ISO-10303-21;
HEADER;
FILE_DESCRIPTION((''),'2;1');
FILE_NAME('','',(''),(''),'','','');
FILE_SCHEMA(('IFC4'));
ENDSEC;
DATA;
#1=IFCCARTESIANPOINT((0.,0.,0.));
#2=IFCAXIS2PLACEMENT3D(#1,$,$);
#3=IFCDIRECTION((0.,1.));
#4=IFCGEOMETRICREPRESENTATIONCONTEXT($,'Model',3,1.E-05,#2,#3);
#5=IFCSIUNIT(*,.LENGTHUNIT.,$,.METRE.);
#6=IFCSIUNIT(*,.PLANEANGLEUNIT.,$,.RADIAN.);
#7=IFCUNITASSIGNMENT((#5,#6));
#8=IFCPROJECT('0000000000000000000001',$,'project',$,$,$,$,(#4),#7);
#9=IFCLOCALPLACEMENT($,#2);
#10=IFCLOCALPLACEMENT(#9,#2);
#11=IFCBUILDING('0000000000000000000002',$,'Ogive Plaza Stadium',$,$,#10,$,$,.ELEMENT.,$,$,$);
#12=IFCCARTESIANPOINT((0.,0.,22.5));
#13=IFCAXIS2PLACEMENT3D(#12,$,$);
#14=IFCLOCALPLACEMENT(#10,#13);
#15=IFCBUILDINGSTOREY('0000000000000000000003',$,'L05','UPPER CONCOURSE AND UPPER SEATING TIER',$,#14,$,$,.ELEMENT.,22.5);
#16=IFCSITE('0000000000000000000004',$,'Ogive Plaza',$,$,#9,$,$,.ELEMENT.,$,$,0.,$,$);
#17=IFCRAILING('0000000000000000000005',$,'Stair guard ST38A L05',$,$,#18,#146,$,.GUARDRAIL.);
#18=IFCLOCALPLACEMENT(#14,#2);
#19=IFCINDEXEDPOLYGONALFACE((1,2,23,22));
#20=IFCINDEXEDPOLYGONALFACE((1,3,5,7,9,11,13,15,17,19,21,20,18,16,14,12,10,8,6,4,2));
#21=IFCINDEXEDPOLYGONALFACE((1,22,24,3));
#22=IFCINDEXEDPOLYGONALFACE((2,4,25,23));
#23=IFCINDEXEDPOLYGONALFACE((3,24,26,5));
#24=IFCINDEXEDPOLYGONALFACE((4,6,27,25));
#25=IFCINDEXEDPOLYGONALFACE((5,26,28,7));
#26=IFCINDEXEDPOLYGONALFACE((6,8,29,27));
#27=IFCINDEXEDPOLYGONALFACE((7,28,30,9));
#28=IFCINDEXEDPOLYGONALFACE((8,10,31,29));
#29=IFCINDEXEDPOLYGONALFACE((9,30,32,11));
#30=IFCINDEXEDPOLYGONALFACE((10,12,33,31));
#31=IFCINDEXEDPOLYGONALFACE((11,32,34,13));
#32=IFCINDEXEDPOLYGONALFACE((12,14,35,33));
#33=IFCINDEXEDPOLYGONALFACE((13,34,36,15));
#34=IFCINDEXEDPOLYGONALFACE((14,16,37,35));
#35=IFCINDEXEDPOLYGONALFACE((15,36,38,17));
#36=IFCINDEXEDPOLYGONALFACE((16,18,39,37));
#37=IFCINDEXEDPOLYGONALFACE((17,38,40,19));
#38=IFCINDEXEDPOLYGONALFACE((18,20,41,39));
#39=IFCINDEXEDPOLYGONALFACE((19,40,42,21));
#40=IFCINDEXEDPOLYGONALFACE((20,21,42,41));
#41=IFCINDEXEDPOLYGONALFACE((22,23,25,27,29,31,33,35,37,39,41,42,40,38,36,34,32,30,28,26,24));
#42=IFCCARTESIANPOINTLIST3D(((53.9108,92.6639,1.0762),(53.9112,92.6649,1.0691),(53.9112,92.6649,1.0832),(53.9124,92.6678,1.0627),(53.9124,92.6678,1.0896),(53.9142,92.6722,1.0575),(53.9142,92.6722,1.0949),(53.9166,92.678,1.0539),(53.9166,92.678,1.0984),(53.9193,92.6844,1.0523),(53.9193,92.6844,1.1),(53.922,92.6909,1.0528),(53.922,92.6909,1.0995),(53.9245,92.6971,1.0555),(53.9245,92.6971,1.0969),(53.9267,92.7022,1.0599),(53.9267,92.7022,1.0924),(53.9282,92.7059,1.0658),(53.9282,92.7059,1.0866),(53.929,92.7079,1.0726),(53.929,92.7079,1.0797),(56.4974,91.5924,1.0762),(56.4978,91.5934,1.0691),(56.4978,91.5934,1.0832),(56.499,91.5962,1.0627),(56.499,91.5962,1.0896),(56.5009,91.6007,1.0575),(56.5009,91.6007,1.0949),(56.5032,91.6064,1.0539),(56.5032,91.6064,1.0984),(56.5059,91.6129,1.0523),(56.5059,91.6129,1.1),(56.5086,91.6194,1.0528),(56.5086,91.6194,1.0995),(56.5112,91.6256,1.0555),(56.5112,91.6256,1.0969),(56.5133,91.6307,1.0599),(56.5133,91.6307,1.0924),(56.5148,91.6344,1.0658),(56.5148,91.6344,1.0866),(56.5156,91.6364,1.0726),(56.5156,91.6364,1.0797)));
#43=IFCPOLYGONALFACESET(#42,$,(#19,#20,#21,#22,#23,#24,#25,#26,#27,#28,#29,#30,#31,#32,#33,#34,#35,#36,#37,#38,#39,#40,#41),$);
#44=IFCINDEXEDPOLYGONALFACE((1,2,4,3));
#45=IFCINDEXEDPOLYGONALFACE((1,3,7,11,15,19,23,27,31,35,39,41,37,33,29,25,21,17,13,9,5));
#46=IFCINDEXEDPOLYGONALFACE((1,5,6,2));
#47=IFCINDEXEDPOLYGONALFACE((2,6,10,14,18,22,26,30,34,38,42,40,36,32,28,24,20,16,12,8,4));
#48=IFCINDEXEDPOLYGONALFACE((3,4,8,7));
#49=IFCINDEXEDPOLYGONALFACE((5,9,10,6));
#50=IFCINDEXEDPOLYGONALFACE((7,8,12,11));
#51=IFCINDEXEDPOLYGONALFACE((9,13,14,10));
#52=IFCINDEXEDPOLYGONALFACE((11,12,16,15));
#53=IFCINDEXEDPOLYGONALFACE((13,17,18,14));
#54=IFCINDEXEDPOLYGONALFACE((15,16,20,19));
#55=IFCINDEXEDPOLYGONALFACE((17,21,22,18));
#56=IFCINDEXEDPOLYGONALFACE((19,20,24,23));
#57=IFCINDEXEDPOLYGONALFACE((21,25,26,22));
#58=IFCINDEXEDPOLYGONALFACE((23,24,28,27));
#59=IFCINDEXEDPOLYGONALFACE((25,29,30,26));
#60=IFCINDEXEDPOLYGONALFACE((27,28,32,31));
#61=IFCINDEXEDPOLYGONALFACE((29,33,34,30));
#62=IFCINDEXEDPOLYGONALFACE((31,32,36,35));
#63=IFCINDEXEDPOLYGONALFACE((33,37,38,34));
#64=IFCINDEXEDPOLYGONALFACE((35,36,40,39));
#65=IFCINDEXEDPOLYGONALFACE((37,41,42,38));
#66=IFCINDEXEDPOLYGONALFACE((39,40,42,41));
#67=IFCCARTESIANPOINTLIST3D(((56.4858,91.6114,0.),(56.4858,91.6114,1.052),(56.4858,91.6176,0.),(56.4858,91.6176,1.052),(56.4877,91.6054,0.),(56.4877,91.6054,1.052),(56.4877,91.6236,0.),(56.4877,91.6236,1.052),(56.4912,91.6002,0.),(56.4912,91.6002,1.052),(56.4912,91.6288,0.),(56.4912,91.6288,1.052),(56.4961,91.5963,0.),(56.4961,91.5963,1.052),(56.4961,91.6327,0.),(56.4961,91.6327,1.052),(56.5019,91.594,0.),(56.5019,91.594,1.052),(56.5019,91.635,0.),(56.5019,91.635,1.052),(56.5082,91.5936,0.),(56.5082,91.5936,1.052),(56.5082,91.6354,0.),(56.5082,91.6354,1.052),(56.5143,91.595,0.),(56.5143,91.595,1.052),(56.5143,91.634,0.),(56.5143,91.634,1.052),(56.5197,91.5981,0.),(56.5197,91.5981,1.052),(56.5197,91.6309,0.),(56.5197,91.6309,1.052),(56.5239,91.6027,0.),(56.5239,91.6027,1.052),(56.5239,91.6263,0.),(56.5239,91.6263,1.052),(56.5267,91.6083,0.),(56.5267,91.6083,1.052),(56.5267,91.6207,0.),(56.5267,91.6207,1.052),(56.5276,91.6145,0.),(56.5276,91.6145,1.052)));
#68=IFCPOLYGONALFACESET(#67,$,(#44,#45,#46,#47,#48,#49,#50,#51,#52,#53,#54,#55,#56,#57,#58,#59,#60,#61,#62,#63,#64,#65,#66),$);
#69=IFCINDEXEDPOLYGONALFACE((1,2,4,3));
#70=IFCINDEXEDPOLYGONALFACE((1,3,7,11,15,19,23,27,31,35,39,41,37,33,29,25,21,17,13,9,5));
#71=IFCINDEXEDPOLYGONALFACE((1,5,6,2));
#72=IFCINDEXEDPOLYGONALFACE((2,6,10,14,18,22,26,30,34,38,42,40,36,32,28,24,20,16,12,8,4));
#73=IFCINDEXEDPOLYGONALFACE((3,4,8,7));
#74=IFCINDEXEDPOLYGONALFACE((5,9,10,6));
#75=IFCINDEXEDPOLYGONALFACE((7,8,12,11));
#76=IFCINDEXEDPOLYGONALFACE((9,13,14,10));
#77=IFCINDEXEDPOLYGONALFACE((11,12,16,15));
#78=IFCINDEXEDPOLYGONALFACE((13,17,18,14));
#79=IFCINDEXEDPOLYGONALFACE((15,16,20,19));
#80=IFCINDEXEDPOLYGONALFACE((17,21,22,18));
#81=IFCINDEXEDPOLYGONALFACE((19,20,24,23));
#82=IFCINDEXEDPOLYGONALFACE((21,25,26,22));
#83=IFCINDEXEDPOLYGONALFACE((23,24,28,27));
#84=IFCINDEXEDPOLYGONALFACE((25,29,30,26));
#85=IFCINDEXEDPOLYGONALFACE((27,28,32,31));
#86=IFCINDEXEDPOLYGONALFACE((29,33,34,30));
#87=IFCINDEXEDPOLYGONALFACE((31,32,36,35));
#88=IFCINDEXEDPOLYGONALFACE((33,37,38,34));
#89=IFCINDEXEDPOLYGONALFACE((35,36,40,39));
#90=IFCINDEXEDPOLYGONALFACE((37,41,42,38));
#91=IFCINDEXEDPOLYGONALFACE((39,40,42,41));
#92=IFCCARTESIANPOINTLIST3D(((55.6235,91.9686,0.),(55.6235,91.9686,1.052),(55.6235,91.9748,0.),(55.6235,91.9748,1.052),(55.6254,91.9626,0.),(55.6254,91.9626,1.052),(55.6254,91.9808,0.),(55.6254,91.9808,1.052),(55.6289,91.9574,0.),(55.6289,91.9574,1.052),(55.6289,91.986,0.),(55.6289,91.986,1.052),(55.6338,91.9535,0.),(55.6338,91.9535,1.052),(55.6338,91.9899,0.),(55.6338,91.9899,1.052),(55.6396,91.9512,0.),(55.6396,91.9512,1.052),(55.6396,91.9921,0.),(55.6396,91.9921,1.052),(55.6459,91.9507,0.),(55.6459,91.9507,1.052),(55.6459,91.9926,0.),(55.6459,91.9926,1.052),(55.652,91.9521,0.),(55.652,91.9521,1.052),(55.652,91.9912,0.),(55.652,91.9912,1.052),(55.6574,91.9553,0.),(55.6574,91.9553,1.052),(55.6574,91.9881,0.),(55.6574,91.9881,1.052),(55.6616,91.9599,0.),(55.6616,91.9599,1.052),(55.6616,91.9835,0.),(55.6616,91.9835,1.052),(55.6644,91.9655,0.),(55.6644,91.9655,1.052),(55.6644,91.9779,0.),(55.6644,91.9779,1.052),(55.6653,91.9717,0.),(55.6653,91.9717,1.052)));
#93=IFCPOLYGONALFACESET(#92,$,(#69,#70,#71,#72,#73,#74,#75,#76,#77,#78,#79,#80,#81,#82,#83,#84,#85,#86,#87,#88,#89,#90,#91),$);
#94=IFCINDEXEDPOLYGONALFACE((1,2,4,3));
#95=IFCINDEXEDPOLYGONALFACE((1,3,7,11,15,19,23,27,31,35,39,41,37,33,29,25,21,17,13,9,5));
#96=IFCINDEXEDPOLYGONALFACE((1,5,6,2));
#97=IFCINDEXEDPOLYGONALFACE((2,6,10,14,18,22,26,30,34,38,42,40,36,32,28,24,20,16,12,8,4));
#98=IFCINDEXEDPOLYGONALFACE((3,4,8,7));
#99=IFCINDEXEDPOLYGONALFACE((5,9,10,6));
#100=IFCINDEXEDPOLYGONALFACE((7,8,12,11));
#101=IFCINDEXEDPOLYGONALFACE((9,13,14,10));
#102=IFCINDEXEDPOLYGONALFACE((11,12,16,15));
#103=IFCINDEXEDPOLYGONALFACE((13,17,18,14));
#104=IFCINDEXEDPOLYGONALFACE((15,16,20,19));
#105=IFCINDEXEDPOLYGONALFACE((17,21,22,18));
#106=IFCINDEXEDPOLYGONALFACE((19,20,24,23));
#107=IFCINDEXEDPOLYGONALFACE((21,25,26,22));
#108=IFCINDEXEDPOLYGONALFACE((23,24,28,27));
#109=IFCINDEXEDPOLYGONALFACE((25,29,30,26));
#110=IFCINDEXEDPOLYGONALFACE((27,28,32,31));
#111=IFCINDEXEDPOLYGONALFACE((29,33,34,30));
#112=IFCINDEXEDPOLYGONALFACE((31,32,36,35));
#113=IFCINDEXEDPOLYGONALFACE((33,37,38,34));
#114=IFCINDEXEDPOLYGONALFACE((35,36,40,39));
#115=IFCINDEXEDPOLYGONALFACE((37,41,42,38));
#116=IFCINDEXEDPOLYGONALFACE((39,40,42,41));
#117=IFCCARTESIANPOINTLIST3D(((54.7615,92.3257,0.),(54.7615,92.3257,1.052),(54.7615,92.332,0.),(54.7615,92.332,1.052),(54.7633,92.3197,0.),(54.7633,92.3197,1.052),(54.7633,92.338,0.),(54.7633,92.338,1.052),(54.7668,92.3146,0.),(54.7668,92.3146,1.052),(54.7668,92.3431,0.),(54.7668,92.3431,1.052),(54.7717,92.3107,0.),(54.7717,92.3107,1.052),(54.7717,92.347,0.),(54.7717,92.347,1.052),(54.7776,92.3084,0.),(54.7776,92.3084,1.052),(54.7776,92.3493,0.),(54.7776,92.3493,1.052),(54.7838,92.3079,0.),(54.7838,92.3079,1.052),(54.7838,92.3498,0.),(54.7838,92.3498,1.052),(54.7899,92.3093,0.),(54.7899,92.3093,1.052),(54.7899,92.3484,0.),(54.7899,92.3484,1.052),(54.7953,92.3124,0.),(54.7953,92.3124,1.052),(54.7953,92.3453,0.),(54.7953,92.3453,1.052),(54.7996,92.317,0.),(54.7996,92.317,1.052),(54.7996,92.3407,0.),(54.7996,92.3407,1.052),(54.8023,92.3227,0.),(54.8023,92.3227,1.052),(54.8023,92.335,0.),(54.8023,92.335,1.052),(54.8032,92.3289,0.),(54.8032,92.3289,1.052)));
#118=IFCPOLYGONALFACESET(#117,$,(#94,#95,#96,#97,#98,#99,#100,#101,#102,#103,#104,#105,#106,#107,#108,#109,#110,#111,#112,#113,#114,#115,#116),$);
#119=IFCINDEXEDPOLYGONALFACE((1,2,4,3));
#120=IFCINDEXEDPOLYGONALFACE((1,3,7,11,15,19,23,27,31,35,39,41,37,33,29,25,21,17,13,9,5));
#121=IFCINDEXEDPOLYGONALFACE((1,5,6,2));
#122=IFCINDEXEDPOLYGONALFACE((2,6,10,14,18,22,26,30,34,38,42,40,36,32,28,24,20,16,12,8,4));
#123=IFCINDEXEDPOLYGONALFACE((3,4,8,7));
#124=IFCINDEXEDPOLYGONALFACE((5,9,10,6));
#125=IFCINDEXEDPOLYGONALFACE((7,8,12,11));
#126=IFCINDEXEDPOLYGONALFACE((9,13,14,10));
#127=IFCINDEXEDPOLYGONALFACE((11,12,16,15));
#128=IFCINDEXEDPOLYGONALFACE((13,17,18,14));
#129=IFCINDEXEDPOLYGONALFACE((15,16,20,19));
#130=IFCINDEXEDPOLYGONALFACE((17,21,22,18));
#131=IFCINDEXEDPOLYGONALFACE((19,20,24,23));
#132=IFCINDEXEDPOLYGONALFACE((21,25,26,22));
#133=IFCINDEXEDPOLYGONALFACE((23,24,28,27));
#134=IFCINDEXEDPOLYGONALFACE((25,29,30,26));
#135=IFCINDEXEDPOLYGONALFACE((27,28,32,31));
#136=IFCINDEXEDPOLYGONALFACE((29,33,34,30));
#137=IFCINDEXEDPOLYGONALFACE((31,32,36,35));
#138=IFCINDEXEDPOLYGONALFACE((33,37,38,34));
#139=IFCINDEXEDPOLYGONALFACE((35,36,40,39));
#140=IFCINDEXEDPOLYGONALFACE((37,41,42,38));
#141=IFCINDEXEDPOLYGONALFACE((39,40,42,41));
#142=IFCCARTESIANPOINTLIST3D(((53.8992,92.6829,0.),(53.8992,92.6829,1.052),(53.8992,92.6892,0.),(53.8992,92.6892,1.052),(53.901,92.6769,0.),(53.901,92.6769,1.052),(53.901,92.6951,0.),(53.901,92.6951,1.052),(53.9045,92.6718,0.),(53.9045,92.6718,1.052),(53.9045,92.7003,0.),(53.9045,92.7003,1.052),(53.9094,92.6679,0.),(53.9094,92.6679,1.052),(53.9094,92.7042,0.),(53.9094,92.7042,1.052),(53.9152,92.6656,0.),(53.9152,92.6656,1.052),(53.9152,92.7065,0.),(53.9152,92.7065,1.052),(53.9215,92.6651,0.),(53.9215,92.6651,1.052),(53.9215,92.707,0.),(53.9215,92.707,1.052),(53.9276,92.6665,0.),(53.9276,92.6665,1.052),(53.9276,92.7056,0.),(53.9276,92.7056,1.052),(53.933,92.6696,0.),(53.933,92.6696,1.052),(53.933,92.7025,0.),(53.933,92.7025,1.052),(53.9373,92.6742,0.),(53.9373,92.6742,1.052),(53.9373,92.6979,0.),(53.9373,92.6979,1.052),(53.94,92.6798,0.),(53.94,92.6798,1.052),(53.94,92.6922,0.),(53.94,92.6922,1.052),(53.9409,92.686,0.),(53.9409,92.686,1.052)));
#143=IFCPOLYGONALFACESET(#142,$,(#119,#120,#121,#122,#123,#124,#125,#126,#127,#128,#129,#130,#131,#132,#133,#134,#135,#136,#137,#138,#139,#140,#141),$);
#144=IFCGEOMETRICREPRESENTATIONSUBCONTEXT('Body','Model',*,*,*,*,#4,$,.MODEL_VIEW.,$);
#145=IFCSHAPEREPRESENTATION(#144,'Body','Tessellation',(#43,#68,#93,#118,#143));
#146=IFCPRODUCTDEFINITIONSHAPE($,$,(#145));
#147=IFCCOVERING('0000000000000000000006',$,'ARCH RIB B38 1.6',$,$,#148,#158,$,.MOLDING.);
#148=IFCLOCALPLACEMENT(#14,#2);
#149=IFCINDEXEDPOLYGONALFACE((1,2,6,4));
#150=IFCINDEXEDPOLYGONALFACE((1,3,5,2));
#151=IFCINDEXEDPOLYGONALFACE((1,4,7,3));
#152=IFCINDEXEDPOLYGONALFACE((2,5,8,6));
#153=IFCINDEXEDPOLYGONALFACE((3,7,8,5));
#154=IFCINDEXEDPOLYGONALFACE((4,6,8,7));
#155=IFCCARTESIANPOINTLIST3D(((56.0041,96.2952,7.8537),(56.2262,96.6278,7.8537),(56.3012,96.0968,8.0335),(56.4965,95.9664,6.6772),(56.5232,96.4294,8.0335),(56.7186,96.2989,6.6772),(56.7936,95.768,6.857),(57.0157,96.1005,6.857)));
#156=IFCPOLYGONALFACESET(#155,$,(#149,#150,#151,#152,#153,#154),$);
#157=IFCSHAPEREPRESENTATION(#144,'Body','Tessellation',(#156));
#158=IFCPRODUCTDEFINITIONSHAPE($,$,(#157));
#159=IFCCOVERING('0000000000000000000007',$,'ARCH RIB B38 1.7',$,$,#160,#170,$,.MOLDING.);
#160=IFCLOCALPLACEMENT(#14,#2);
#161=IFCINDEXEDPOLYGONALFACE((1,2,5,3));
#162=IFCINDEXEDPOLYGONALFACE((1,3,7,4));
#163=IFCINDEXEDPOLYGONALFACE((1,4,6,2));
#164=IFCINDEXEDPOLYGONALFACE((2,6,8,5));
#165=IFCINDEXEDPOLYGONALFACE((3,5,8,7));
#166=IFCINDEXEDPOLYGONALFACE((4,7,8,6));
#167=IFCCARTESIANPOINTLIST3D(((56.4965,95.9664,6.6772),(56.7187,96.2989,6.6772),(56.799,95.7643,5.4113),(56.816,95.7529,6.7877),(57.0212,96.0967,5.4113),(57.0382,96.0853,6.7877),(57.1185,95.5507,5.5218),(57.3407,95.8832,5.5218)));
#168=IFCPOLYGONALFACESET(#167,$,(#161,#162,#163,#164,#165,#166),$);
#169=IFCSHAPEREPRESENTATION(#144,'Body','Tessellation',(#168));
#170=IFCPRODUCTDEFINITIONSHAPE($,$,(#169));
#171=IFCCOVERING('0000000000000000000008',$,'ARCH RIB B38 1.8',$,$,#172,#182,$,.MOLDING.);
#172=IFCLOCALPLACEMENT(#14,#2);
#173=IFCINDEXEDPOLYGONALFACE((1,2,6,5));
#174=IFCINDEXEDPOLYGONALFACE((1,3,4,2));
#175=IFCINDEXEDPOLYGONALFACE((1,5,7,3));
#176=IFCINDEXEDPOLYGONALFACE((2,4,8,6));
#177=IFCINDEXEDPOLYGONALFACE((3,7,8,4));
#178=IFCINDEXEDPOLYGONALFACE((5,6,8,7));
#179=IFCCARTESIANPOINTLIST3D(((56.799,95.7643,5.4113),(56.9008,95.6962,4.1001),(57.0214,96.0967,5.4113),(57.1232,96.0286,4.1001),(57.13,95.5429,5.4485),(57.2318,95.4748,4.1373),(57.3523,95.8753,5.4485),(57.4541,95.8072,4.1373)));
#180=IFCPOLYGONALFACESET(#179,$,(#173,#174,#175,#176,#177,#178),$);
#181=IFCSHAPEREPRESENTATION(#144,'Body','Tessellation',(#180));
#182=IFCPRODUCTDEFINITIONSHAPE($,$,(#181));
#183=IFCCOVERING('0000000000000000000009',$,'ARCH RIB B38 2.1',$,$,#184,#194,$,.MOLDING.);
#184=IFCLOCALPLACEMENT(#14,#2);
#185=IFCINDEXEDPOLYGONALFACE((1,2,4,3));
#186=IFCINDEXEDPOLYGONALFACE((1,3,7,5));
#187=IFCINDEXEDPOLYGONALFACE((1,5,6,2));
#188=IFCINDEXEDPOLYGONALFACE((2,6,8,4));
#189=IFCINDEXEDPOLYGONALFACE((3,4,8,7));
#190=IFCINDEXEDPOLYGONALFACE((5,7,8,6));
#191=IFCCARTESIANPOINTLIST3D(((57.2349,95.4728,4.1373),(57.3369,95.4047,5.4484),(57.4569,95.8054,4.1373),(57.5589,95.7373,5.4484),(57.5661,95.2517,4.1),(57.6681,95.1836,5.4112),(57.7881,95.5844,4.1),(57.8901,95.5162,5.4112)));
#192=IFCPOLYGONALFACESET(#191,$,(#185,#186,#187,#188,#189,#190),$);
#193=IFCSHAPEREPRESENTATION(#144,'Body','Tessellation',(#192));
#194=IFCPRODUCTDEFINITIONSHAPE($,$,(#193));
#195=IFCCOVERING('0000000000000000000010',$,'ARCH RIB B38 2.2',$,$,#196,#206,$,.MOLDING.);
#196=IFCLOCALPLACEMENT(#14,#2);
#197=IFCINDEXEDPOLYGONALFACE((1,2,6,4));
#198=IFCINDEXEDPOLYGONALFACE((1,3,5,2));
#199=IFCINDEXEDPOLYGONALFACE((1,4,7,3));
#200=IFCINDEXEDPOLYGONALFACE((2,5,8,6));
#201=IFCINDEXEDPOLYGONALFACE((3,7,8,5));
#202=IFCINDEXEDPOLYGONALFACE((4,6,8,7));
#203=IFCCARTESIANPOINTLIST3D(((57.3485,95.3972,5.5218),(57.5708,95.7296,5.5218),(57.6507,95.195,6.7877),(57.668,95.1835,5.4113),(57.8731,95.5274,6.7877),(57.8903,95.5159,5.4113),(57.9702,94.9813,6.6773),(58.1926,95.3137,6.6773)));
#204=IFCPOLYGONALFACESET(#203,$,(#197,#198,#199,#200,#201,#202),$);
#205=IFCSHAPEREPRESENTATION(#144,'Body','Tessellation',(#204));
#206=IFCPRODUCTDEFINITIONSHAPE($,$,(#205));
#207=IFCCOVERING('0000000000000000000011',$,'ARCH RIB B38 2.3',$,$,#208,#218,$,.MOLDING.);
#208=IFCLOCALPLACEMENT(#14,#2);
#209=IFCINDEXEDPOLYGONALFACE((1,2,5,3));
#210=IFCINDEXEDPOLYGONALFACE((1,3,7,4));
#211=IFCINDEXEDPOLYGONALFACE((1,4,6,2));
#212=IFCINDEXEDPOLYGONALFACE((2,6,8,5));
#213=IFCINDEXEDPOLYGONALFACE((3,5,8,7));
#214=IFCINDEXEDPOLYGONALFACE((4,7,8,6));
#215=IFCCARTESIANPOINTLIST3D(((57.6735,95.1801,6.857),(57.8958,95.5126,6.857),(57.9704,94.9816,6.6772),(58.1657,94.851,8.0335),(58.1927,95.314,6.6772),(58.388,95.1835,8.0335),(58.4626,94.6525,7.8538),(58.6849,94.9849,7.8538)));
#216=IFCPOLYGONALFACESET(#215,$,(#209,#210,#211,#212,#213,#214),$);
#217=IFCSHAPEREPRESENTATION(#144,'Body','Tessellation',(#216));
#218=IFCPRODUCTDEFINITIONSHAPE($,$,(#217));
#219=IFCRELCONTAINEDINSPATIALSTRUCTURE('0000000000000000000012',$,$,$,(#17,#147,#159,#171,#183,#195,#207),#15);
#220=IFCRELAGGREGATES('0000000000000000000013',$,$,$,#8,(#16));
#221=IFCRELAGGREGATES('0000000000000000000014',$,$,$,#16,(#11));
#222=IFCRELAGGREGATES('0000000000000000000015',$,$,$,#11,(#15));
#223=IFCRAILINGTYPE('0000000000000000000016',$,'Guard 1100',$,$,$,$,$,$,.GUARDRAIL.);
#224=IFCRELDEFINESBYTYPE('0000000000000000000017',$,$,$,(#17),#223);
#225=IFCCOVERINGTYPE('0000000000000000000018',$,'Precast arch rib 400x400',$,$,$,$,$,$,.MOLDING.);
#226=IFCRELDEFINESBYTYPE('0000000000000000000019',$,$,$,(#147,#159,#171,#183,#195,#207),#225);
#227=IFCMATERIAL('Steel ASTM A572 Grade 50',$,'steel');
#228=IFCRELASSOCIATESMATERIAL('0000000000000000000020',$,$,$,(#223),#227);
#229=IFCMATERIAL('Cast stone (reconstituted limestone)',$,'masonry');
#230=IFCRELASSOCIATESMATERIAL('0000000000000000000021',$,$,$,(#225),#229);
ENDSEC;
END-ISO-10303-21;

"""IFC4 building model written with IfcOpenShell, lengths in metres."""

from ifc_helpers import new_model, si_unit, direction, frame, origin, origin_2d, place, context, subcontext, project, spatial, rectangle, circle, extrude, material, material_profile, profile_set, type_object, element, save


model = new_model("IFC4")

# Units and contexts
model_context = context("Model", 3, precision=1e-05, world=origin(), true_north=direction((0.0, 1.0)))
body_context = subcontext(model_context, "Body", "Model", "MODEL_VIEW")
ifc_project = project(units=[si_unit("LENGTHUNIT", "METRE"), si_unit("PLANEANGLEUNIT", "RADIAN")], contexts=[model_context])

# Site, building, storey
site_placement = place(None, origin())
site = spatial("IfcSite", under=ifc_project, at=site_placement, Name="Ogive Plaza", CompositionType="ELEMENT", RefElevation=0.0)
building_placement = place(site_placement, origin())
building = spatial("IfcBuilding", under=site, at=building_placement, Name="Ogive Plaza Stadium", CompositionType="ELEMENT")
storey_placement = place(building_placement, frame((0.0, 0.0, 22.5)))
storey = spatial("IfcBuildingStorey", under=building, at=storey_placement, Name="L05", Description="UPPER CONCOURSE AND UPPER SEATING TIER", CompositionType="ELEMENT", Elevation=22.5)

# Railing
ifc_material_1 = material(Name="Steel ASTM A572 Grade 50", Category="steel")
railing_type = type_object("IfcRailingType", Name="Guard 1100", PredefinedType="GUARDRAIL", material=ifc_material_1)
railing_placement = place(storey_placement, frame((56.5066, 91.6145, 0.0)))
element("IfcRailing", 1, at=railing_placement, inside=storey, type_object=railing_type, Name="Stair guard ST38A L05", PredefinedType="GUARDRAIL", context=body_context, shape_type="SweptSolid", body=[
    extrude(circle(Radius=0.0239, at=origin_2d()), frame((0.0, 0.0, 1.0762), z_axis=(-0.923867, 0.382714, 0.0), x_axis=(-0.382714, -0.923867, 0.0)), (0.0, 0.0, 1.0), 2.7998),
    extrude(circle(Radius=0.021, at=origin_2d()), origin(), (0.0, 0.0, 1.0), 1.052),
    extrude(circle(Radius=0.021, at=origin_2d()), frame((-0.8623, 0.3572, 0.0)), (0.0, 0.0, 1.0), 1.052),
    extrude(circle(Radius=0.021, at=origin_2d()), frame((-1.7244, 0.7144, 0.0)), (0.0, 0.0, 1.0), 1.052),
    extrude(circle(Radius=0.021, at=origin_2d()), frame((-2.5867, 1.0715, 0.0)), (0.0, 0.0, 1.0), 1.052),
])

# Coverings
ifc_material_2 = material(Name="Cast stone (reconstituted limestone)", Category="masonry")
ifc_material_profile_1 = material_profile(ifc_material_2, rectangle(XDim=0.3999, YDim=0.3999, at=origin_2d()), Name="Cast stone 400x400")
ifc_profile_set_1 = profile_set([ifc_material_profile_1], Name="Cast stone (reconstituted limestone)")
covering_type_1 = type_object("IfcCoveringType", Name="Precast arch rib 400x400", PredefinedType="MOLDING", material=ifc_profile_set_1)
for number, where, z_axis, x_axis, name in (
    (2, (56.2637, 96.3623, 7.9436), (0.373868, -0.249678, -0.893243), (0.555366, 0.831606, 0.0), "ARCH RIB B38 1.6"),
    (3, (56.7673, 96.0259, 6.7324), (0.229661, -0.153478, -0.961093), (0.555629, 0.83143, 0.0), "ARCH RIB B38 1.7"),
):
    element("IfcCovering", number, at=place(storey_placement, frame(where, z_axis=z_axis, x_axis=x_axis)), inside=storey, type_object=covering_type_1, Name=name, PredefinedType="MOLDING", context=body_context, shape_type="SweptSolid", body=[
        extrude(rectangle(XDim=0.3999, YDim=0.3999, at=origin_2d()), origin(), (0.0, 0.0, 1.0), 1.3171),
    ])
for number, where, z_axis, x_axis, name in (
    (4, (57.0757, 95.8198, 5.4299), (0.077303, -0.05172, -0.995665), (0.556079, 0.831129, 0.0), "ARCH RIB B38 1.8"),
    (5, (57.5115, 95.5286, 4.1187), (0.077487, -0.05172, 0.995651), (0.555159, 0.831744, 0.0), "ARCH RIB B38 2.1"),
):
    element("IfcCovering", number, at=place(storey_placement, frame(where, z_axis=z_axis, x_axis=x_axis)), inside=storey, type_object=covering_type_1, Name=name, PredefinedType="MOLDING", context=body_context, shape_type="SweptSolid", body=[
        extrude(rectangle(XDim=0.3999, YDim=0.3999, at=origin_2d()), origin(), (0.0, 0.0, 1.0), 1.3169),
    ])
for number, where, z_axis, x_axis, name in (
    (6, (57.6194, 95.4565, 5.4666), (0.229486, -0.153485, 0.961134), (0.555939, 0.831223, 0.0), "ARCH RIB B38 2.2"),
    (7, (57.9331, 95.2471, 6.7671), (0.373692, -0.249869, 0.893264), (0.555842, 0.831288, 0.0), "ARCH RIB B38 2.3"),
):
    element("IfcCovering", number, at=place(storey_placement, frame(where, z_axis=z_axis, x_axis=x_axis)), inside=storey, type_object=covering_type_1, Name=name, PredefinedType="MOLDING", context=body_context, shape_type="SweptSolid", body=[
        extrude(rectangle(XDim=0.3999, YDim=0.3999, at=origin_2d()), origin(), (0.0, 0.0, 1.0), 1.3171),
    ])

save(model, "model.ifc")
